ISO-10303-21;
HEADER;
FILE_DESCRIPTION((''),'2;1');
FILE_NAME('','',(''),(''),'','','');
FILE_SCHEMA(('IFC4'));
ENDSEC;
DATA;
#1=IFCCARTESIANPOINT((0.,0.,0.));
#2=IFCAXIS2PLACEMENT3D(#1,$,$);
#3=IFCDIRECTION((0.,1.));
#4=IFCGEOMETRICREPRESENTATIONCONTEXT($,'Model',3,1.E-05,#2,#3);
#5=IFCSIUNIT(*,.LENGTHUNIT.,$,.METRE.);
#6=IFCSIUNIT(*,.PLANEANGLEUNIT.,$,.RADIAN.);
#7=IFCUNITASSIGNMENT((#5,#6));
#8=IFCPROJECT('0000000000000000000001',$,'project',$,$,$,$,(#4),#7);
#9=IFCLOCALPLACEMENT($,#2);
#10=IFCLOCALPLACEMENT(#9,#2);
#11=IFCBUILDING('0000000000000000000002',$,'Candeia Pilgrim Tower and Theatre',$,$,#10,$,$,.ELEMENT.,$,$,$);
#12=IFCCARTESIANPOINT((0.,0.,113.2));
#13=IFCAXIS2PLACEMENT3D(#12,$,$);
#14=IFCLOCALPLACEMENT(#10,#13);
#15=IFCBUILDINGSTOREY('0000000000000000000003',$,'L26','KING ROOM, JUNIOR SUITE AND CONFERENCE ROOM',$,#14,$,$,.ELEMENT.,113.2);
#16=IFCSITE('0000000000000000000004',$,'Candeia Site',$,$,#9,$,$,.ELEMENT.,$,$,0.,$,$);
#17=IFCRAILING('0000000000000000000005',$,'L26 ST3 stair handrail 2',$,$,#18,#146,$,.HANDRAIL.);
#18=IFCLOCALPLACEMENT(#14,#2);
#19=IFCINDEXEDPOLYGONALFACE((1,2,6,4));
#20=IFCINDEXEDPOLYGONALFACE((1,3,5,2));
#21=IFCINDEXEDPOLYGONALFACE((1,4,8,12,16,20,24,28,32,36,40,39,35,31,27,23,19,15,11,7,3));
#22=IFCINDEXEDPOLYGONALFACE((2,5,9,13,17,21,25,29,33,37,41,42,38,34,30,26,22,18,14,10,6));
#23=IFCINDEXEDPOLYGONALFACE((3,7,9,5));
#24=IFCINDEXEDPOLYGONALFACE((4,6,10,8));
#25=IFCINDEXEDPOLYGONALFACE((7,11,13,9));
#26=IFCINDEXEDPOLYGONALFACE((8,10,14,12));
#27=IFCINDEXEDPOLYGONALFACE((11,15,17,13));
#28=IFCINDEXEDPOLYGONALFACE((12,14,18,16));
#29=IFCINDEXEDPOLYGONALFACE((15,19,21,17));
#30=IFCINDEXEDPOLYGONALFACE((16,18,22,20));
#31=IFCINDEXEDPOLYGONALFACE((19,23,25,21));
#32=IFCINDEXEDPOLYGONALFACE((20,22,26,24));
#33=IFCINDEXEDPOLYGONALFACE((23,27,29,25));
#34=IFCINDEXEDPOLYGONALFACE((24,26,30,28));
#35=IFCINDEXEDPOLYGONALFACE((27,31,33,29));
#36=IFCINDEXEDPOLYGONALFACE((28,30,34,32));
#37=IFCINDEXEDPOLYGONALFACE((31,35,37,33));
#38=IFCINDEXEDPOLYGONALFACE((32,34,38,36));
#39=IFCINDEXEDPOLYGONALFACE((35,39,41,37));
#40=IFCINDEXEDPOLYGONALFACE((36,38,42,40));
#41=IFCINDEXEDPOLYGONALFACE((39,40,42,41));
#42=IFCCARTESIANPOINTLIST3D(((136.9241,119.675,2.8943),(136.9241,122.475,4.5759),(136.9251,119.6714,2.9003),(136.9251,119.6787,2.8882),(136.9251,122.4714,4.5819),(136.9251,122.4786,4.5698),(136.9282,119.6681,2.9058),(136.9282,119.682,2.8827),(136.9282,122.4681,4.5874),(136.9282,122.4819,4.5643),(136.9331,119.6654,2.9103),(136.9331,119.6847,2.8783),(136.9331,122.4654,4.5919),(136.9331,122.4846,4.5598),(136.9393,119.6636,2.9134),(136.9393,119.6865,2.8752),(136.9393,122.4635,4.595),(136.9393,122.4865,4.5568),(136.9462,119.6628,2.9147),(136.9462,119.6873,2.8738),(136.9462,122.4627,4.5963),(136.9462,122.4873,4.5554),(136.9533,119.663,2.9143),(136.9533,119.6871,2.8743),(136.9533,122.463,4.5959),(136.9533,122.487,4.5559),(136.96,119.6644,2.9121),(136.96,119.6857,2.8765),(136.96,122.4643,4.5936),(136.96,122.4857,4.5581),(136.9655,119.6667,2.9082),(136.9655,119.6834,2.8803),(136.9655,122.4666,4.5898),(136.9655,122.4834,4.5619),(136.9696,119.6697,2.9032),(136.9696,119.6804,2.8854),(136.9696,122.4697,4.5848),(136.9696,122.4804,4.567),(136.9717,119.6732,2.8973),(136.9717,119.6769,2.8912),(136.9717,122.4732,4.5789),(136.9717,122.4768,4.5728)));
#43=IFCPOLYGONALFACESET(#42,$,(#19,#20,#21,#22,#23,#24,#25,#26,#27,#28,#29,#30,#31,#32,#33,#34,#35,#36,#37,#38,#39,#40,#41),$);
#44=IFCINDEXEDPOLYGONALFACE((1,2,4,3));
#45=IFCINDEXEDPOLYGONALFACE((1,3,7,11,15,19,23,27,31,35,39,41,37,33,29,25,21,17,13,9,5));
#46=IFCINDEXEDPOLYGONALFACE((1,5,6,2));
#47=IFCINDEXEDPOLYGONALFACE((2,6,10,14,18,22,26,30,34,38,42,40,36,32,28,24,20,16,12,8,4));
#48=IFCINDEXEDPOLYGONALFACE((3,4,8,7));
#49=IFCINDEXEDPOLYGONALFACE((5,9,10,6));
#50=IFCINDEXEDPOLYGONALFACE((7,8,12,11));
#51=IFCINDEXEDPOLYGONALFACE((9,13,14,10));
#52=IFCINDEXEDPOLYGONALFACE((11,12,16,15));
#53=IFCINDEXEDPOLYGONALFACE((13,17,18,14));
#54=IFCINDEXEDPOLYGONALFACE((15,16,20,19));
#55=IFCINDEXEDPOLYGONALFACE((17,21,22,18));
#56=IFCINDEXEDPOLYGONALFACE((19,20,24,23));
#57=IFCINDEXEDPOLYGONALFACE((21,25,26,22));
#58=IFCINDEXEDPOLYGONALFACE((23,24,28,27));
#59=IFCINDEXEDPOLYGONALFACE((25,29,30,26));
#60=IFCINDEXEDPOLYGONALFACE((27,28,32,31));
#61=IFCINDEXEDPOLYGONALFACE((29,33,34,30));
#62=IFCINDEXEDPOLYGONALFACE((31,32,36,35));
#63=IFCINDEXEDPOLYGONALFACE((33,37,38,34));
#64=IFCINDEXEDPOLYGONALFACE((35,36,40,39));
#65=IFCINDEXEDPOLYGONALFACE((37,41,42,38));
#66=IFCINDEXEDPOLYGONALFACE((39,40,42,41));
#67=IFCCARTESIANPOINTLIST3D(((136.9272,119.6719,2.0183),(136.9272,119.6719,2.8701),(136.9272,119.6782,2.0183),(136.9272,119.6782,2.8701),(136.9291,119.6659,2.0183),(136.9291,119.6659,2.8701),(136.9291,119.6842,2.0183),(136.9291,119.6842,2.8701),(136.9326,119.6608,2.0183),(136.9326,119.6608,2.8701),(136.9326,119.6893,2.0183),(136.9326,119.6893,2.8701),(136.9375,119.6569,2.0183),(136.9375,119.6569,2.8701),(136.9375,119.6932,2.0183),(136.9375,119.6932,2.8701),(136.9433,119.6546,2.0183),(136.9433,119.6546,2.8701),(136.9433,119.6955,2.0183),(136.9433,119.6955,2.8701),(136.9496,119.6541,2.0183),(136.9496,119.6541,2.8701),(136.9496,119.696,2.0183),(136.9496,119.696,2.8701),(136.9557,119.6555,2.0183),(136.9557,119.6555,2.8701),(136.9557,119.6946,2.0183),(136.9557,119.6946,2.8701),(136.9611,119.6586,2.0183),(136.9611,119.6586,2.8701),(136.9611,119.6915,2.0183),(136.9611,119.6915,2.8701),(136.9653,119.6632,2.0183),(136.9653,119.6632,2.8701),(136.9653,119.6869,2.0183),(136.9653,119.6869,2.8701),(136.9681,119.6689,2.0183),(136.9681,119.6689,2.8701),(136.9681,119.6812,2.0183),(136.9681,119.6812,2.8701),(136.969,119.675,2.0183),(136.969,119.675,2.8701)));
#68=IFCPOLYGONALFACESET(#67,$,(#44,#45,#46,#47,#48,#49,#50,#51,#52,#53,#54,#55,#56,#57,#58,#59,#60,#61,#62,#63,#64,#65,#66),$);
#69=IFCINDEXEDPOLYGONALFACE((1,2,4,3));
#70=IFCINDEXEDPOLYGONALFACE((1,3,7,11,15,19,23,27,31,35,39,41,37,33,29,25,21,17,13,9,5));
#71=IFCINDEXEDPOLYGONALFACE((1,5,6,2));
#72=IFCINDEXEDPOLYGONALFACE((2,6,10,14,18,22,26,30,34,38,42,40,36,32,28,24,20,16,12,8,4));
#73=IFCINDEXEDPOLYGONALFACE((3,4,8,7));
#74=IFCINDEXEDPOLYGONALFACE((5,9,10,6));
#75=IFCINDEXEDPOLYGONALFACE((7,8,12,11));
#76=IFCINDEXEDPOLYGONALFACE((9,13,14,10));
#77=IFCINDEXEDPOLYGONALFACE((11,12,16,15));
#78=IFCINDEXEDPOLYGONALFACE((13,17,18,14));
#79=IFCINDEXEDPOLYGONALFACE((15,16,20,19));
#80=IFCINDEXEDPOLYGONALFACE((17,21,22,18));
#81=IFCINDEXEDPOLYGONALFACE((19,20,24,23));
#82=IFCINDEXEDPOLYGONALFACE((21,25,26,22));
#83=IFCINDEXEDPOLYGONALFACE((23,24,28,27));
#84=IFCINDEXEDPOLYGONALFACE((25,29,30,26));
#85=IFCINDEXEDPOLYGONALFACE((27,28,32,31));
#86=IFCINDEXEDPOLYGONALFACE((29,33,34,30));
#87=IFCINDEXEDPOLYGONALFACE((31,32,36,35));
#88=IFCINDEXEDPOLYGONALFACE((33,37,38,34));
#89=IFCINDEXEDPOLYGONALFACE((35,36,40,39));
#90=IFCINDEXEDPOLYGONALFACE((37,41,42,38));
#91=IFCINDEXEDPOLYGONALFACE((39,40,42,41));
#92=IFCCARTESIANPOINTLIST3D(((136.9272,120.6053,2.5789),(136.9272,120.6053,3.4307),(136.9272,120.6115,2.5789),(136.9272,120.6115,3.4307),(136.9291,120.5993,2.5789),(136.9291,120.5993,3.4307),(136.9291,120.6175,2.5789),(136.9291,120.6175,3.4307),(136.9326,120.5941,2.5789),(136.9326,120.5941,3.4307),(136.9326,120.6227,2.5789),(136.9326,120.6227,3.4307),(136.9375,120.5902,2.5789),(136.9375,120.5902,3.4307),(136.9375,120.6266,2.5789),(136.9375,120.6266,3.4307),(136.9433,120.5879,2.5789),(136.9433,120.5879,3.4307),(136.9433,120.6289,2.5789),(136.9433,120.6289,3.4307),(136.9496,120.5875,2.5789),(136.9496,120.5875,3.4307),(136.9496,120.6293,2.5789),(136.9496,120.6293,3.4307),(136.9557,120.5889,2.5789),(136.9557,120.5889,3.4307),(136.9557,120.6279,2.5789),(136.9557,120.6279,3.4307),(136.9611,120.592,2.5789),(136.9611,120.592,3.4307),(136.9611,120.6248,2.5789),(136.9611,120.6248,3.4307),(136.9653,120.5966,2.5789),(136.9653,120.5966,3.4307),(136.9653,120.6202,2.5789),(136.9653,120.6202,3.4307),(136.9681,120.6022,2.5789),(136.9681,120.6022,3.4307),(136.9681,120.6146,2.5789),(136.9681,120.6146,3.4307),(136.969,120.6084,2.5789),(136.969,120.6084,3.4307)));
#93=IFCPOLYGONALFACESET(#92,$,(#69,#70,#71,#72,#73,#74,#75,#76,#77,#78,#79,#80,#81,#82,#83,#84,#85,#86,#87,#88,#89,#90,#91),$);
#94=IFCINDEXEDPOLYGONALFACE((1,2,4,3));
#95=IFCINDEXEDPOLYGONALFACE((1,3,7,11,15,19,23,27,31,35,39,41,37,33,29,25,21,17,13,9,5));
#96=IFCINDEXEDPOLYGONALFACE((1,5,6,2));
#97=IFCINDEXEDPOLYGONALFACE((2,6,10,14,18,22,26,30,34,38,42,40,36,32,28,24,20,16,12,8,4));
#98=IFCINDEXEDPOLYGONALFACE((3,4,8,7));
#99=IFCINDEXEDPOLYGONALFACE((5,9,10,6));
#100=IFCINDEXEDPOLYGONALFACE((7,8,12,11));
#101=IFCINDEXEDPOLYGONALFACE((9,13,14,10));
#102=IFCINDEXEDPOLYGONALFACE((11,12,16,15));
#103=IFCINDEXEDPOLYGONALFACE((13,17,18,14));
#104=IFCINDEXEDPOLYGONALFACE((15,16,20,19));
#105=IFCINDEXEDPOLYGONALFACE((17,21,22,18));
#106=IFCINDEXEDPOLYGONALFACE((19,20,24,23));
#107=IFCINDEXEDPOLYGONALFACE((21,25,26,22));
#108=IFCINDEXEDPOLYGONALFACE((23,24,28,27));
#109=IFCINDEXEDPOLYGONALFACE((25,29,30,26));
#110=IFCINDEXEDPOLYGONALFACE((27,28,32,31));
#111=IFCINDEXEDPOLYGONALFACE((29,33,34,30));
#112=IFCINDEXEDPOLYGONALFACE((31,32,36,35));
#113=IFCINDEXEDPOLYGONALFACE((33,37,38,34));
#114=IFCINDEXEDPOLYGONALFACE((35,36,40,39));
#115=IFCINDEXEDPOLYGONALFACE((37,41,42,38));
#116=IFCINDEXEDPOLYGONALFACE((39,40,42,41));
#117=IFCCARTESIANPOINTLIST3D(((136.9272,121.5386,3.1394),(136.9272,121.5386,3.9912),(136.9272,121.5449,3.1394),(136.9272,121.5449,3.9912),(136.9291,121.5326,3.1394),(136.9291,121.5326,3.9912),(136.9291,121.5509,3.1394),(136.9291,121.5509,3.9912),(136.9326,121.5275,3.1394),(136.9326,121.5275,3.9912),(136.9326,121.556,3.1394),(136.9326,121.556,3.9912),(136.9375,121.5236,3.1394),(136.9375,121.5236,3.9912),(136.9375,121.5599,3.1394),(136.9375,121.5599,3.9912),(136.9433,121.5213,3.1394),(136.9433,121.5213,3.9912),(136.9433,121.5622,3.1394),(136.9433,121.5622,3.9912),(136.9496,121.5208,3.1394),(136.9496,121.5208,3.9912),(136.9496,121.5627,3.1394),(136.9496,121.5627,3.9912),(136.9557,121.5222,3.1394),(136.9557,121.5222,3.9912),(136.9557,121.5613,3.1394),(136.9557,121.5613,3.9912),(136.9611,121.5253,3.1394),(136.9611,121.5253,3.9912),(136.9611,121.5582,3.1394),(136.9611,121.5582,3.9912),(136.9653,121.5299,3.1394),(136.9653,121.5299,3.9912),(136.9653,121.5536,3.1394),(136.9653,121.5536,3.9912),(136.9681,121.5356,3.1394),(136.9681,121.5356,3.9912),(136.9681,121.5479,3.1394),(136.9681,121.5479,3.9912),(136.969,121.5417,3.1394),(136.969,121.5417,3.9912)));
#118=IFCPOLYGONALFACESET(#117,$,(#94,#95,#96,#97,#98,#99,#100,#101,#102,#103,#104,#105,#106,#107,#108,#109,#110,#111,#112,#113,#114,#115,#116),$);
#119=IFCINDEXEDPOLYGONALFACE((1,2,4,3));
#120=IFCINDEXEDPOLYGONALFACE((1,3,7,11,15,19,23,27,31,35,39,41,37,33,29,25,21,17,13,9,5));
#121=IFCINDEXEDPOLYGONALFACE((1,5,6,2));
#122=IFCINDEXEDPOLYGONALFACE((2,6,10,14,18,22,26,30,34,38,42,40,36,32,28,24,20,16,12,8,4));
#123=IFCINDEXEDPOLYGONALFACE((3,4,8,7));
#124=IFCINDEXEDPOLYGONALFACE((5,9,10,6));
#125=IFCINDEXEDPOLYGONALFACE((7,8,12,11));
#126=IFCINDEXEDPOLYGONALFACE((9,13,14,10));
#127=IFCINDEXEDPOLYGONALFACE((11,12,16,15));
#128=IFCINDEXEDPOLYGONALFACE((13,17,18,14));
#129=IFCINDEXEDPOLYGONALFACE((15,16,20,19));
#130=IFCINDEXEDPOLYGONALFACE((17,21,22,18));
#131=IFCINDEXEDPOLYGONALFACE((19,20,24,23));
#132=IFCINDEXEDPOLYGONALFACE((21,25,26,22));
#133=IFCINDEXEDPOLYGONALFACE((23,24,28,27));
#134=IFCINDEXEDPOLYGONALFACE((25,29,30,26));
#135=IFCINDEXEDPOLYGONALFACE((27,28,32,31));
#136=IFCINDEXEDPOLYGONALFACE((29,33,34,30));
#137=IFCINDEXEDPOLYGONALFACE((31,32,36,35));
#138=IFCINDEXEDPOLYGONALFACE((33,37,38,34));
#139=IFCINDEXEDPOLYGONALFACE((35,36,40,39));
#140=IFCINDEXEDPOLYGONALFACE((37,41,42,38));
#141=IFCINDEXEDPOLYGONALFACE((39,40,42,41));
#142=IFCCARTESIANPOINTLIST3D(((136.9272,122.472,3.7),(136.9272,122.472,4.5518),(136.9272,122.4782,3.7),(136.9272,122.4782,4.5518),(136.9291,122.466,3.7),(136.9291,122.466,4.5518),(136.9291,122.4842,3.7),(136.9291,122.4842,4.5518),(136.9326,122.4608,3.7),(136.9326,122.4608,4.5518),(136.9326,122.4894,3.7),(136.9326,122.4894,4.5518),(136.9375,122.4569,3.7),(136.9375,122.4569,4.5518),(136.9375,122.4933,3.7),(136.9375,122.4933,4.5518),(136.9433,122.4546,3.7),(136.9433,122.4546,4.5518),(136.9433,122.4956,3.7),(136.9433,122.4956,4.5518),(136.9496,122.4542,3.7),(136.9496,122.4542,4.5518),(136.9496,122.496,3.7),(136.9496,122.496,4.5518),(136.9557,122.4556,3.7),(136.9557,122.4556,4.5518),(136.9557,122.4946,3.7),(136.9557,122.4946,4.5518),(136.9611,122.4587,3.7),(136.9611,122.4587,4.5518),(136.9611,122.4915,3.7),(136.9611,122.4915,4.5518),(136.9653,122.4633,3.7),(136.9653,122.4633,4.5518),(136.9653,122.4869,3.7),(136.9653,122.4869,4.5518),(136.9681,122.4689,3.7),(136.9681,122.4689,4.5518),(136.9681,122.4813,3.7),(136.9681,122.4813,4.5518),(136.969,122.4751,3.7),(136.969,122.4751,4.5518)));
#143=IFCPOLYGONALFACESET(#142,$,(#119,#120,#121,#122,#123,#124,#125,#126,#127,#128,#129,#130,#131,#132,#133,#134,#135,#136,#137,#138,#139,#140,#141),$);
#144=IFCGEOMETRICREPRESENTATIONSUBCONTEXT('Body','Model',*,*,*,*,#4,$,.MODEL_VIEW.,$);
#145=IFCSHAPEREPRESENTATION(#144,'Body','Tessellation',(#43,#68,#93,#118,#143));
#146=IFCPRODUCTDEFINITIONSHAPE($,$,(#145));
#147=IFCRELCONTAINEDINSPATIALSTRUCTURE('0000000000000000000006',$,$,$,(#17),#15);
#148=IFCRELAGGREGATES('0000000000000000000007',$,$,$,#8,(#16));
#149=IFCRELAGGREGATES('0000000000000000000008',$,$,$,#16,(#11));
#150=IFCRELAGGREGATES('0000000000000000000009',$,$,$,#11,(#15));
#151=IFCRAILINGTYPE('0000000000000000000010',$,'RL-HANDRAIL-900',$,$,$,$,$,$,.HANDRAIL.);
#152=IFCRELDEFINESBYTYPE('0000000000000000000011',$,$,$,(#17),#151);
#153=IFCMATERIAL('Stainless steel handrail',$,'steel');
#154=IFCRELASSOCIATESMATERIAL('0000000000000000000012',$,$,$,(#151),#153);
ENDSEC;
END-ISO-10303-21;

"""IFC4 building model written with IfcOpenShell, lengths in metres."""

from ifc_helpers import new_model, si_unit, direction, frame, origin, origin_2d, place, context, subcontext, project, spatial, circle, extrude, material, type_object, element, save


model = new_model("IFC4")

# Units and contexts
model_context = context("Model", 3, precision=1e-05, world=origin(), true_north=direction((0.0, 1.0)))
body_context = subcontext(model_context, "Body", "Model", "MODEL_VIEW")
ifc_project = project(units=[si_unit("LENGTHUNIT", "METRE"), si_unit("PLANEANGLEUNIT", "RADIAN")], contexts=[model_context])

# Site, building, storey
site_placement = place(None, origin())
site = spatial("IfcSite", under=ifc_project, at=site_placement, Name="Candeia Site", CompositionType="ELEMENT", RefElevation=0.0)
building_placement = place(site_placement, origin())
building = spatial("IfcBuilding", under=site, at=building_placement, Name="Candeia Pilgrim Tower and Theatre", CompositionType="ELEMENT")
storey_placement = place(building_placement, frame((0.0, 0.0, 113.2)))
storey = spatial("IfcBuildingStorey", under=building, at=storey_placement, Name="L26", Description="KING ROOM, JUNIOR SUITE AND CONFERENCE ROOM", CompositionType="ELEMENT", Elevation=113.2)

# Railing
ifc_material_1 = material(Name="Stainless steel handrail", Category="steel")
railing_type_1 = type_object("IfcRailingType", Name="RL-HANDRAIL-900", PredefinedType="HANDRAIL", material=ifc_material_1)
railing_1_placement = place(storey_placement, frame((136.948, 119.675, 2.0183)))
element("IfcRailing", 1, at=railing_1_placement, inside=storey, type_object=railing_type_1, Name="L26 ST3 stair handrail 2", PredefinedType="HANDRAIL", context=body_context, shape_type="SweptSolid", body=[
    extrude(circle(Radius=0.0239, at=origin_2d()), frame((0.0, 0.0, 0.876), z_axis=(0.0, 0.857275, 0.514858), x_axis=(-1.0, 0.0, 0.0)), (0.0, 0.0, 1.0), 3.2661),
    extrude(circle(Radius=0.021, at=origin_2d()), origin(), (0.0, 0.0, 1.0), 0.8518),
    extrude(circle(Radius=0.021, at=origin_2d()), frame((0.0, 0.9333, 0.5605)), (0.0, 0.0, 1.0), 0.8518),
    extrude(circle(Radius=0.021, at=origin_2d()), frame((0.0, 1.8667, 1.1211)), (0.0, 0.0, 1.0), 0.8518),
    extrude(circle(Radius=0.021, at=origin_2d()), frame((0.0, 2.8, 1.6816)), (0.0, 0.0, 1.0), 0.8518),
])

save(model, "model.ifc")
